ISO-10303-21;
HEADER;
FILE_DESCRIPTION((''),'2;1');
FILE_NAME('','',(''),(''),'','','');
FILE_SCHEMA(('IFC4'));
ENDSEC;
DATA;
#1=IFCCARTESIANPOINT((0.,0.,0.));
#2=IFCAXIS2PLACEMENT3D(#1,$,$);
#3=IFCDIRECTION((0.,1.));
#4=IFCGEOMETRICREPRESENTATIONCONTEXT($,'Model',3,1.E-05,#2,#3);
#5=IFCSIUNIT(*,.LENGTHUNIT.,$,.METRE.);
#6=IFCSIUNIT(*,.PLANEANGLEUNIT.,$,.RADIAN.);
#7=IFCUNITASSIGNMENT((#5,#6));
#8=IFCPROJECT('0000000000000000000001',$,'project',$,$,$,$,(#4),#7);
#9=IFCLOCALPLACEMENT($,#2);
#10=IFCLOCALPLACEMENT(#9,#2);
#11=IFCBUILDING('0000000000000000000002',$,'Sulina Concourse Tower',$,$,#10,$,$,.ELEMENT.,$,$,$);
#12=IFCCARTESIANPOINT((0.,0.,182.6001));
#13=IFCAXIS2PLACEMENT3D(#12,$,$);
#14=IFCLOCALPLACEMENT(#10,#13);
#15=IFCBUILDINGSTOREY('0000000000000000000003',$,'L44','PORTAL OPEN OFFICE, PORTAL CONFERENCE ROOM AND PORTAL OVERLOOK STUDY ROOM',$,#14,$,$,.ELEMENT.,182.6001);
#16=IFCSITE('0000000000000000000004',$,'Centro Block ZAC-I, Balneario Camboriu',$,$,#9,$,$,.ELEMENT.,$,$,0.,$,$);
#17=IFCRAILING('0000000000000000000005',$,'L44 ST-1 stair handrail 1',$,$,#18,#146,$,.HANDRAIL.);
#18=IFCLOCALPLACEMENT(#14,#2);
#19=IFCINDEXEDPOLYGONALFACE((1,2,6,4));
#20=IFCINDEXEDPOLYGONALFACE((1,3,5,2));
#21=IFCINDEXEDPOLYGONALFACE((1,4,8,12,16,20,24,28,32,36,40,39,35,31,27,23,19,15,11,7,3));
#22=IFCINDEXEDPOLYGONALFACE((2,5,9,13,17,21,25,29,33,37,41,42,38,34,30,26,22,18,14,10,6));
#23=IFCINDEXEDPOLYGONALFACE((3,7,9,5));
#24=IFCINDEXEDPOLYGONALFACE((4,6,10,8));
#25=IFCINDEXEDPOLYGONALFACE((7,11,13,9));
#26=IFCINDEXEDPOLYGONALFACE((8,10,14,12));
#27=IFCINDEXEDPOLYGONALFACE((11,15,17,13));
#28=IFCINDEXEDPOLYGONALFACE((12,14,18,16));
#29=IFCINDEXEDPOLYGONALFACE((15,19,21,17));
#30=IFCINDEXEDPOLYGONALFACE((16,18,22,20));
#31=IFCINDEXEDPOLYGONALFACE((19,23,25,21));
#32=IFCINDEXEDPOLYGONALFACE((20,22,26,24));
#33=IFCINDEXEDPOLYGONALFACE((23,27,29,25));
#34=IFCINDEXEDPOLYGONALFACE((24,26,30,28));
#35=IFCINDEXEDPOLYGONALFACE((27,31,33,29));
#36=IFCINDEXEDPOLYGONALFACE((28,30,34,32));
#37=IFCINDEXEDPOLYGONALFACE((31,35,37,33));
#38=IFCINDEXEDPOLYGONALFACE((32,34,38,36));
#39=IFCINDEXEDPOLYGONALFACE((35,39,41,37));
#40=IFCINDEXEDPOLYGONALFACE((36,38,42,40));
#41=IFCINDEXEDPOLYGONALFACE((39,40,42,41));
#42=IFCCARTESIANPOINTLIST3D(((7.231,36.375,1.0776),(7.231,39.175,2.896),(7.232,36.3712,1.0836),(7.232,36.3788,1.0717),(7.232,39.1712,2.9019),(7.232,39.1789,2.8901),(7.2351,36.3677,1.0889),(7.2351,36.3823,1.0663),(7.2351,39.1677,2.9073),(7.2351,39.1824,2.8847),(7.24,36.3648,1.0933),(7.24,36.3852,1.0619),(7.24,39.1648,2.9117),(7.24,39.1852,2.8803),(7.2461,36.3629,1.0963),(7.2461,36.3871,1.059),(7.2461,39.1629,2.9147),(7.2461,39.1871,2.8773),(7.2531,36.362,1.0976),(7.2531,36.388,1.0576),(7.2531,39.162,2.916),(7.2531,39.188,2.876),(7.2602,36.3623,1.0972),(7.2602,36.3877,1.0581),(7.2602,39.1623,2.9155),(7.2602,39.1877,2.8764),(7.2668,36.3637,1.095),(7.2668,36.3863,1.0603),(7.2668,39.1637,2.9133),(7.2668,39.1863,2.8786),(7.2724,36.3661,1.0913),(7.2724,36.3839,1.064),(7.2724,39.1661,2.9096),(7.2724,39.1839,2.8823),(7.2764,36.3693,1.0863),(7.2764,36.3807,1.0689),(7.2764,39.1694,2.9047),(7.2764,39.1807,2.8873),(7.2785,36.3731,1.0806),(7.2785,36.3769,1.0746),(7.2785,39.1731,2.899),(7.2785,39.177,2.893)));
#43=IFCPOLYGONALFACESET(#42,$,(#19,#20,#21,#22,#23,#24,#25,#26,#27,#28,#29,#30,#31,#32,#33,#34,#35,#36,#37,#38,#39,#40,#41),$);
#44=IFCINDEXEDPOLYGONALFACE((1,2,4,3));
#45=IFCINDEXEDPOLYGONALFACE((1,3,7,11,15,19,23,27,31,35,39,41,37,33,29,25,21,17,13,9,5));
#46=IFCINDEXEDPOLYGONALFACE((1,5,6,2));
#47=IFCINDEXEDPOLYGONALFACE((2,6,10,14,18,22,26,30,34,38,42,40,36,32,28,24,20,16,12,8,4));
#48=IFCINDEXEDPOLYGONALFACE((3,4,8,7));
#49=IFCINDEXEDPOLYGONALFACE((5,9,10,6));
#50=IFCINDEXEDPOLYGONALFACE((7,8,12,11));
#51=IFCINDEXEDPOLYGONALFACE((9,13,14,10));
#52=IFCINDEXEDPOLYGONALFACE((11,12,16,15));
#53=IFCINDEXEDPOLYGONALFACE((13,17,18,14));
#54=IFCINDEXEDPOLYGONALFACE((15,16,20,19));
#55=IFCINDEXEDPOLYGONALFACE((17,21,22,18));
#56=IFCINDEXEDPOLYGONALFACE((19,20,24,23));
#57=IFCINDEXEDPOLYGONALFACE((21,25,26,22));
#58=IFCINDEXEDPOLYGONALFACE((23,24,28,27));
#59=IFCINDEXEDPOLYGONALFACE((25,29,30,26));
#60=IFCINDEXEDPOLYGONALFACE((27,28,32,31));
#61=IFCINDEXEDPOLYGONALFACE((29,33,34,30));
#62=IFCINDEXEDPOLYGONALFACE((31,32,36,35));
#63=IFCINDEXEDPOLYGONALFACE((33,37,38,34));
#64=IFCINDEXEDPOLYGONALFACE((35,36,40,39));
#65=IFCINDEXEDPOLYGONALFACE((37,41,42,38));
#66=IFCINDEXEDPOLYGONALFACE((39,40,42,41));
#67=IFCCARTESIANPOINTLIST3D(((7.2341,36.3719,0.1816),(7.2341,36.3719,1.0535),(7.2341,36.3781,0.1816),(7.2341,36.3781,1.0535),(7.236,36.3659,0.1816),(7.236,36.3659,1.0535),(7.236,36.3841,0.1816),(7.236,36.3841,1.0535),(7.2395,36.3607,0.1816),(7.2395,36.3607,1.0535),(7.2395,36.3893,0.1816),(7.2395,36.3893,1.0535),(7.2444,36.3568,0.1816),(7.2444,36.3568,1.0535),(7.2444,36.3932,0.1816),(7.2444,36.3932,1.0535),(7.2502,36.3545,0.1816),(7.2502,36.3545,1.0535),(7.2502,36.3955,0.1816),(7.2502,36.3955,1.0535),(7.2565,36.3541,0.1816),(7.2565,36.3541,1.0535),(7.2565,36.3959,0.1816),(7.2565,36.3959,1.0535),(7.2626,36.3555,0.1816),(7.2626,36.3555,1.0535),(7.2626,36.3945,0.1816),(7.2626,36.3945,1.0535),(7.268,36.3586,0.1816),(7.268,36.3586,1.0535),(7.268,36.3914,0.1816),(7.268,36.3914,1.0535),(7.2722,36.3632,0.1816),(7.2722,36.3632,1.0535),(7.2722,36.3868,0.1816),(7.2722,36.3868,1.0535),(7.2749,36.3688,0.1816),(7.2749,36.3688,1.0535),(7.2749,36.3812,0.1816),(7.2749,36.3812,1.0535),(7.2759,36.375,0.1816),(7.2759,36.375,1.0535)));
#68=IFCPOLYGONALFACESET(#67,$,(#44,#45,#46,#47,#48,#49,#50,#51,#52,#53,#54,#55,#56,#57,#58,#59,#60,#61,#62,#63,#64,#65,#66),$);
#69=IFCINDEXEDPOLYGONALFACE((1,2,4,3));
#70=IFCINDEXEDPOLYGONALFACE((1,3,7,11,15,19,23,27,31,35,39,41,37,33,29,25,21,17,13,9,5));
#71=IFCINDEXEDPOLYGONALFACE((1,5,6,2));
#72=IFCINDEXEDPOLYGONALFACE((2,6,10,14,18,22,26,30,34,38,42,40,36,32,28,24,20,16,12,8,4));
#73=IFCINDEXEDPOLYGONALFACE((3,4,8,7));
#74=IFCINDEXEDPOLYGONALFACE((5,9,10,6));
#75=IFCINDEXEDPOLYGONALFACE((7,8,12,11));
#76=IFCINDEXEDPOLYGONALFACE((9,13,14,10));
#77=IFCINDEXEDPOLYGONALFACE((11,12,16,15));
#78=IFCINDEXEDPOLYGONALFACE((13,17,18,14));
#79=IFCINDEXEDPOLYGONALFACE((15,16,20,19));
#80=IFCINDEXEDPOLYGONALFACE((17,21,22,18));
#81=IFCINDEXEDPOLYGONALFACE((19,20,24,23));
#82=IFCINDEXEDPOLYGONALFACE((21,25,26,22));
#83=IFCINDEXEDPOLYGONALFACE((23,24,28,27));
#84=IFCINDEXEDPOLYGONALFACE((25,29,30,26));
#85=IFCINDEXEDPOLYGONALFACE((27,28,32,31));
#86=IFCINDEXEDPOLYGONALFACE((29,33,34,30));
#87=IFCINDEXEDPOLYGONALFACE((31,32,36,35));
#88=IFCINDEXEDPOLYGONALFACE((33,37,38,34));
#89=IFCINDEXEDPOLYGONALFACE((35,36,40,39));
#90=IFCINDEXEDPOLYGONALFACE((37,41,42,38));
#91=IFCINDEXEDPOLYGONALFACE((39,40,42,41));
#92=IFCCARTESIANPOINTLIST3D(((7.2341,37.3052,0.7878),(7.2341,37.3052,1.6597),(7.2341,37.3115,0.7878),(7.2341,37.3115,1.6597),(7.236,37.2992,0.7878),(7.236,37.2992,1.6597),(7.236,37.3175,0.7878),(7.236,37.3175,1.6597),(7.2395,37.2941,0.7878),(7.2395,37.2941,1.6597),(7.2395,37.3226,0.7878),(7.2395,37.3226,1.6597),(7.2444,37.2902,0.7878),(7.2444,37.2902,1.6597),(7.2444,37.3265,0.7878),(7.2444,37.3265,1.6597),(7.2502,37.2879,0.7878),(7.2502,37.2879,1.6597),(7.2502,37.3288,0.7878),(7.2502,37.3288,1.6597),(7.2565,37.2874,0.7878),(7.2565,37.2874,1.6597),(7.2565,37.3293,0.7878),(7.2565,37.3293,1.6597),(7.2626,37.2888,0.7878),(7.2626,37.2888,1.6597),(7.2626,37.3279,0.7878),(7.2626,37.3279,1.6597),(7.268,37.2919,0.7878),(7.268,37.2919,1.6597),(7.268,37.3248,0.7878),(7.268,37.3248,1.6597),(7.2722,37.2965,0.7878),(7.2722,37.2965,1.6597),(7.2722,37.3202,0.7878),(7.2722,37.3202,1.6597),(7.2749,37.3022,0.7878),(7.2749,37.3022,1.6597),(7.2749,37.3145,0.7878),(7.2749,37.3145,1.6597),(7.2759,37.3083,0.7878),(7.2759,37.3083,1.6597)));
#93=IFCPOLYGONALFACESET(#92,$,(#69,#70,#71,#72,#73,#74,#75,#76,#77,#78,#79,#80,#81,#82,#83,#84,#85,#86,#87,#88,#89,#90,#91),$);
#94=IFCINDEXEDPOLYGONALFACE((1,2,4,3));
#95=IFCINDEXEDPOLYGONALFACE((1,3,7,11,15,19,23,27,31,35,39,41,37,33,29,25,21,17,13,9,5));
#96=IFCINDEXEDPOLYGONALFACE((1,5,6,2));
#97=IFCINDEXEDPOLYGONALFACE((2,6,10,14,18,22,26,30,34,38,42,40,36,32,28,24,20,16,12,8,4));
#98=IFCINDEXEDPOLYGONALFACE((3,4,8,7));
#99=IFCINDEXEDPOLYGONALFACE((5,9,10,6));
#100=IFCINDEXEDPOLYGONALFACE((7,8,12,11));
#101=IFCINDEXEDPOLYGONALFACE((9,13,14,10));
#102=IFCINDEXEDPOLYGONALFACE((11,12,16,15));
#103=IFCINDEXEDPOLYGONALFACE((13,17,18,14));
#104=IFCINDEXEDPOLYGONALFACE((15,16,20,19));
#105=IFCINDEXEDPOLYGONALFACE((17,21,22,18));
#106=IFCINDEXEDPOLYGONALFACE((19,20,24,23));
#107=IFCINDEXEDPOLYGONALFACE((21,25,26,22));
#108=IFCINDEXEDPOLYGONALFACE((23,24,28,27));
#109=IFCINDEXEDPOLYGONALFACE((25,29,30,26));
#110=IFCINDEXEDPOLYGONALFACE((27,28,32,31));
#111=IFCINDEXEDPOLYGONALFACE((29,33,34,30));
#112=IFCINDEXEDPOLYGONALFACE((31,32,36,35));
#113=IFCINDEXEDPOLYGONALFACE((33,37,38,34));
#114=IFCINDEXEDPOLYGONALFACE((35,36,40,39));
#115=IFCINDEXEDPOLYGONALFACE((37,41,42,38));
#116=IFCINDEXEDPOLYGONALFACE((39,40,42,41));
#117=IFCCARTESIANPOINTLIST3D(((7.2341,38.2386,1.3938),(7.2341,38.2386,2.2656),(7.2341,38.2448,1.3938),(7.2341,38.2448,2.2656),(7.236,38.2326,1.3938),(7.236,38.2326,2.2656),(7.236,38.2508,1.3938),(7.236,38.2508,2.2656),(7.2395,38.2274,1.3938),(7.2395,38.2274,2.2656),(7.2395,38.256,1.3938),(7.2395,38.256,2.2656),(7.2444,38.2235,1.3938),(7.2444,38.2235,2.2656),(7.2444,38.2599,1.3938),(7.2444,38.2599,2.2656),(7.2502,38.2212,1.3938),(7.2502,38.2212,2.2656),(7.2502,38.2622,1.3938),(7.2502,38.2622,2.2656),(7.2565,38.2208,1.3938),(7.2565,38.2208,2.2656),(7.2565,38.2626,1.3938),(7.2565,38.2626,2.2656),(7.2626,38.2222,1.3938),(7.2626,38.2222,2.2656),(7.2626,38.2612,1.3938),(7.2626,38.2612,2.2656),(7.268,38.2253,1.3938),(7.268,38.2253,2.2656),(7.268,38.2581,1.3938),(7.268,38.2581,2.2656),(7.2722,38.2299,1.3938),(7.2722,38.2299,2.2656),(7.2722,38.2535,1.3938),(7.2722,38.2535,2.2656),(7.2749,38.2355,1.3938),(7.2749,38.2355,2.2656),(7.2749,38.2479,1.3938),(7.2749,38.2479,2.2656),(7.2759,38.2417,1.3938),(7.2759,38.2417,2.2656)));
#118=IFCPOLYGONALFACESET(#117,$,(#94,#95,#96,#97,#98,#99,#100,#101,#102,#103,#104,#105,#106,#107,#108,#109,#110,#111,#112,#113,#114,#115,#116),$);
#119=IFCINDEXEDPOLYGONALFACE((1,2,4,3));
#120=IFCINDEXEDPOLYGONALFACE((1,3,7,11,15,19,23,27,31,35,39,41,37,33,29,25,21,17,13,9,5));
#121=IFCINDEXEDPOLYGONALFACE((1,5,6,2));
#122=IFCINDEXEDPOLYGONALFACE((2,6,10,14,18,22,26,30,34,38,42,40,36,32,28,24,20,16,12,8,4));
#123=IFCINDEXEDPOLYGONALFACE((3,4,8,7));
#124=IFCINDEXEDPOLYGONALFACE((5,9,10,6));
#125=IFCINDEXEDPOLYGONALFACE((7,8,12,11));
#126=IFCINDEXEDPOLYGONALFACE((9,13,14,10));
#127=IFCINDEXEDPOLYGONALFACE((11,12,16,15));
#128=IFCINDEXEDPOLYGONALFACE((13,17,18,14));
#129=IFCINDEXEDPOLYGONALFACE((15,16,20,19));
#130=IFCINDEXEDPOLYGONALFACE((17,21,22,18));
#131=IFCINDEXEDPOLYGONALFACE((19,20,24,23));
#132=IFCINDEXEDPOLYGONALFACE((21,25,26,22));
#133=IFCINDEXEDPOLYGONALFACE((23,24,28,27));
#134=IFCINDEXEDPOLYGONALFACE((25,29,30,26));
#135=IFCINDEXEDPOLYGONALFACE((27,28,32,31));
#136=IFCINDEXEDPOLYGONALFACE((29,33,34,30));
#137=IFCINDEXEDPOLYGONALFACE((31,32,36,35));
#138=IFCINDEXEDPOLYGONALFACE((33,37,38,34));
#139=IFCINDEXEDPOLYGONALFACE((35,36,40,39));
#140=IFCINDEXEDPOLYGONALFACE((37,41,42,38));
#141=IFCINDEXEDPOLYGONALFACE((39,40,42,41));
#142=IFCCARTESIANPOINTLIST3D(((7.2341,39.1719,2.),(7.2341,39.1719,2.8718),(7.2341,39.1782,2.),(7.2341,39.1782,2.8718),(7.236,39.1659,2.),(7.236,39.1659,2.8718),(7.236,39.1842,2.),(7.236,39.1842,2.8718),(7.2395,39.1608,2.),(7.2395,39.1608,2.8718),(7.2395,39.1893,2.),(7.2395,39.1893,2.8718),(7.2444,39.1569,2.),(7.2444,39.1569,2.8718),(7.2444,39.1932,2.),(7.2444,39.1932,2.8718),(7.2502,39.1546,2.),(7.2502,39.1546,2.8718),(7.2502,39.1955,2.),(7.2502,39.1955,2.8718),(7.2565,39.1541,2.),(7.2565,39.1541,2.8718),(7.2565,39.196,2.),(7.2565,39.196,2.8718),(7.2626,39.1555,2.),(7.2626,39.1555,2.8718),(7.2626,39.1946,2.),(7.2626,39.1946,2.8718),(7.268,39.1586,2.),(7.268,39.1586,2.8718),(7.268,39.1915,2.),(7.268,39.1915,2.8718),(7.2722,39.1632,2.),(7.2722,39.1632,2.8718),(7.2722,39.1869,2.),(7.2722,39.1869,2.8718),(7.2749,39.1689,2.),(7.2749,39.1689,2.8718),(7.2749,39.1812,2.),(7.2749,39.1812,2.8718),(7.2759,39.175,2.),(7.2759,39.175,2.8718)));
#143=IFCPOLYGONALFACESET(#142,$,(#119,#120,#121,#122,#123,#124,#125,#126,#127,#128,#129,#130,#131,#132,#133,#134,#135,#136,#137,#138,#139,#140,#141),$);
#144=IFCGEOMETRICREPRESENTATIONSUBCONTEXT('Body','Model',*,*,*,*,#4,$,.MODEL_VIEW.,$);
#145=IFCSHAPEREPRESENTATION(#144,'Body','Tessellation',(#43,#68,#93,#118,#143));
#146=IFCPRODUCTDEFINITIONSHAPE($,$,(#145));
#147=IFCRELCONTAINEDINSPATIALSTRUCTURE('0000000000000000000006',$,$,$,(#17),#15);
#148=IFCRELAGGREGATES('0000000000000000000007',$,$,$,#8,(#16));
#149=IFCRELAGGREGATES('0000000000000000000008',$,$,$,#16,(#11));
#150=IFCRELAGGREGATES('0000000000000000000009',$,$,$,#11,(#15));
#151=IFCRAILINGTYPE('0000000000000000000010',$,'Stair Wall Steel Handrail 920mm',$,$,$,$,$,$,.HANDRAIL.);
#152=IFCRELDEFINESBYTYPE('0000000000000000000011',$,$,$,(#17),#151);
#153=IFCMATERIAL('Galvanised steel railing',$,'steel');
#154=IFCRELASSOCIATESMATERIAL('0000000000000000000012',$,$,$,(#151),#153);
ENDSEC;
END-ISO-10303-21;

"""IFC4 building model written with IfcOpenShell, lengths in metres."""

from ifc_helpers import new_model, si_unit, direction, frame, origin, origin_2d, place, context, subcontext, project, spatial, circle, extrude, material, type_object, element, save


model = new_model("IFC4")

# Units and contexts
model_context = context("Model", 3, precision=1e-05, world=origin(), true_north=direction((0.0, 1.0)))
body_context = subcontext(model_context, "Body", "Model", "MODEL_VIEW")
ifc_project = project(units=[si_unit("LENGTHUNIT", "METRE"), si_unit("PLANEANGLEUNIT", "RADIAN")], contexts=[model_context])

# Site, building, storey
site_placement = place(None, origin())
site = spatial("IfcSite", under=ifc_project, at=site_placement, Name="Centro Block ZAC-I, Balneario Camboriu", CompositionType="ELEMENT", RefElevation=0.0)
building_placement = place(site_placement, origin())
building = spatial("IfcBuilding", under=site, at=building_placement, Name="Sulina Concourse Tower", CompositionType="ELEMENT")
storey_placement = place(building_placement, frame((0.0, 0.0, 182.6001)))
storey = spatial("IfcBuildingStorey", under=building, at=storey_placement, Name="L44", Description="PORTAL OPEN OFFICE, PORTAL CONFERENCE ROOM AND PORTAL OVERLOOK STUDY ROOM", CompositionType="ELEMENT", Elevation=182.6001)

# Railing
ifc_material_1 = material(Name="Galvanised steel railing", Category="steel")
railing_type_1 = type_object("IfcRailingType", Name="Stair Wall Steel Handrail 920mm", PredefinedType="HANDRAIL", material=ifc_material_1)
railing_1_placement = place(storey_placement, frame((7.2549, 36.375, 0.1816)))
element("IfcRailing", 1, at=railing_1_placement, inside=storey, type_object=railing_type_1, Name="L44 ST-1 stair handrail 1", PredefinedType="HANDRAIL", context=body_context, shape_type="SweptSolid", body=[
    extrude(circle(Radius=0.0239, at=origin_2d()), frame((0.0, 0.0, 0.896), z_axis=(0.0, 0.838672, 0.544636), x_axis=(-1.0, 0.0, 0.0)), (0.0, 0.0, 1.0), 3.3386),
    extrude(circle(Radius=0.021, at=origin_2d()), origin(), (0.0, 0.0, 1.0), 0.8718),
    extrude(circle(Radius=0.021, at=origin_2d()), frame((0.0, 0.9333, 0.6062)), (0.0, 0.0, 1.0), 0.8718),
    extrude(circle(Radius=0.021, at=origin_2d()), frame((0.0, 1.8667, 1.2122)), (0.0, 0.0, 1.0), 0.8718),
    extrude(circle(Radius=0.021, at=origin_2d()), frame((0.0, 2.8, 1.8184)), (0.0, 0.0, 1.0), 0.8718),
])

save(model, "model.ifc")
